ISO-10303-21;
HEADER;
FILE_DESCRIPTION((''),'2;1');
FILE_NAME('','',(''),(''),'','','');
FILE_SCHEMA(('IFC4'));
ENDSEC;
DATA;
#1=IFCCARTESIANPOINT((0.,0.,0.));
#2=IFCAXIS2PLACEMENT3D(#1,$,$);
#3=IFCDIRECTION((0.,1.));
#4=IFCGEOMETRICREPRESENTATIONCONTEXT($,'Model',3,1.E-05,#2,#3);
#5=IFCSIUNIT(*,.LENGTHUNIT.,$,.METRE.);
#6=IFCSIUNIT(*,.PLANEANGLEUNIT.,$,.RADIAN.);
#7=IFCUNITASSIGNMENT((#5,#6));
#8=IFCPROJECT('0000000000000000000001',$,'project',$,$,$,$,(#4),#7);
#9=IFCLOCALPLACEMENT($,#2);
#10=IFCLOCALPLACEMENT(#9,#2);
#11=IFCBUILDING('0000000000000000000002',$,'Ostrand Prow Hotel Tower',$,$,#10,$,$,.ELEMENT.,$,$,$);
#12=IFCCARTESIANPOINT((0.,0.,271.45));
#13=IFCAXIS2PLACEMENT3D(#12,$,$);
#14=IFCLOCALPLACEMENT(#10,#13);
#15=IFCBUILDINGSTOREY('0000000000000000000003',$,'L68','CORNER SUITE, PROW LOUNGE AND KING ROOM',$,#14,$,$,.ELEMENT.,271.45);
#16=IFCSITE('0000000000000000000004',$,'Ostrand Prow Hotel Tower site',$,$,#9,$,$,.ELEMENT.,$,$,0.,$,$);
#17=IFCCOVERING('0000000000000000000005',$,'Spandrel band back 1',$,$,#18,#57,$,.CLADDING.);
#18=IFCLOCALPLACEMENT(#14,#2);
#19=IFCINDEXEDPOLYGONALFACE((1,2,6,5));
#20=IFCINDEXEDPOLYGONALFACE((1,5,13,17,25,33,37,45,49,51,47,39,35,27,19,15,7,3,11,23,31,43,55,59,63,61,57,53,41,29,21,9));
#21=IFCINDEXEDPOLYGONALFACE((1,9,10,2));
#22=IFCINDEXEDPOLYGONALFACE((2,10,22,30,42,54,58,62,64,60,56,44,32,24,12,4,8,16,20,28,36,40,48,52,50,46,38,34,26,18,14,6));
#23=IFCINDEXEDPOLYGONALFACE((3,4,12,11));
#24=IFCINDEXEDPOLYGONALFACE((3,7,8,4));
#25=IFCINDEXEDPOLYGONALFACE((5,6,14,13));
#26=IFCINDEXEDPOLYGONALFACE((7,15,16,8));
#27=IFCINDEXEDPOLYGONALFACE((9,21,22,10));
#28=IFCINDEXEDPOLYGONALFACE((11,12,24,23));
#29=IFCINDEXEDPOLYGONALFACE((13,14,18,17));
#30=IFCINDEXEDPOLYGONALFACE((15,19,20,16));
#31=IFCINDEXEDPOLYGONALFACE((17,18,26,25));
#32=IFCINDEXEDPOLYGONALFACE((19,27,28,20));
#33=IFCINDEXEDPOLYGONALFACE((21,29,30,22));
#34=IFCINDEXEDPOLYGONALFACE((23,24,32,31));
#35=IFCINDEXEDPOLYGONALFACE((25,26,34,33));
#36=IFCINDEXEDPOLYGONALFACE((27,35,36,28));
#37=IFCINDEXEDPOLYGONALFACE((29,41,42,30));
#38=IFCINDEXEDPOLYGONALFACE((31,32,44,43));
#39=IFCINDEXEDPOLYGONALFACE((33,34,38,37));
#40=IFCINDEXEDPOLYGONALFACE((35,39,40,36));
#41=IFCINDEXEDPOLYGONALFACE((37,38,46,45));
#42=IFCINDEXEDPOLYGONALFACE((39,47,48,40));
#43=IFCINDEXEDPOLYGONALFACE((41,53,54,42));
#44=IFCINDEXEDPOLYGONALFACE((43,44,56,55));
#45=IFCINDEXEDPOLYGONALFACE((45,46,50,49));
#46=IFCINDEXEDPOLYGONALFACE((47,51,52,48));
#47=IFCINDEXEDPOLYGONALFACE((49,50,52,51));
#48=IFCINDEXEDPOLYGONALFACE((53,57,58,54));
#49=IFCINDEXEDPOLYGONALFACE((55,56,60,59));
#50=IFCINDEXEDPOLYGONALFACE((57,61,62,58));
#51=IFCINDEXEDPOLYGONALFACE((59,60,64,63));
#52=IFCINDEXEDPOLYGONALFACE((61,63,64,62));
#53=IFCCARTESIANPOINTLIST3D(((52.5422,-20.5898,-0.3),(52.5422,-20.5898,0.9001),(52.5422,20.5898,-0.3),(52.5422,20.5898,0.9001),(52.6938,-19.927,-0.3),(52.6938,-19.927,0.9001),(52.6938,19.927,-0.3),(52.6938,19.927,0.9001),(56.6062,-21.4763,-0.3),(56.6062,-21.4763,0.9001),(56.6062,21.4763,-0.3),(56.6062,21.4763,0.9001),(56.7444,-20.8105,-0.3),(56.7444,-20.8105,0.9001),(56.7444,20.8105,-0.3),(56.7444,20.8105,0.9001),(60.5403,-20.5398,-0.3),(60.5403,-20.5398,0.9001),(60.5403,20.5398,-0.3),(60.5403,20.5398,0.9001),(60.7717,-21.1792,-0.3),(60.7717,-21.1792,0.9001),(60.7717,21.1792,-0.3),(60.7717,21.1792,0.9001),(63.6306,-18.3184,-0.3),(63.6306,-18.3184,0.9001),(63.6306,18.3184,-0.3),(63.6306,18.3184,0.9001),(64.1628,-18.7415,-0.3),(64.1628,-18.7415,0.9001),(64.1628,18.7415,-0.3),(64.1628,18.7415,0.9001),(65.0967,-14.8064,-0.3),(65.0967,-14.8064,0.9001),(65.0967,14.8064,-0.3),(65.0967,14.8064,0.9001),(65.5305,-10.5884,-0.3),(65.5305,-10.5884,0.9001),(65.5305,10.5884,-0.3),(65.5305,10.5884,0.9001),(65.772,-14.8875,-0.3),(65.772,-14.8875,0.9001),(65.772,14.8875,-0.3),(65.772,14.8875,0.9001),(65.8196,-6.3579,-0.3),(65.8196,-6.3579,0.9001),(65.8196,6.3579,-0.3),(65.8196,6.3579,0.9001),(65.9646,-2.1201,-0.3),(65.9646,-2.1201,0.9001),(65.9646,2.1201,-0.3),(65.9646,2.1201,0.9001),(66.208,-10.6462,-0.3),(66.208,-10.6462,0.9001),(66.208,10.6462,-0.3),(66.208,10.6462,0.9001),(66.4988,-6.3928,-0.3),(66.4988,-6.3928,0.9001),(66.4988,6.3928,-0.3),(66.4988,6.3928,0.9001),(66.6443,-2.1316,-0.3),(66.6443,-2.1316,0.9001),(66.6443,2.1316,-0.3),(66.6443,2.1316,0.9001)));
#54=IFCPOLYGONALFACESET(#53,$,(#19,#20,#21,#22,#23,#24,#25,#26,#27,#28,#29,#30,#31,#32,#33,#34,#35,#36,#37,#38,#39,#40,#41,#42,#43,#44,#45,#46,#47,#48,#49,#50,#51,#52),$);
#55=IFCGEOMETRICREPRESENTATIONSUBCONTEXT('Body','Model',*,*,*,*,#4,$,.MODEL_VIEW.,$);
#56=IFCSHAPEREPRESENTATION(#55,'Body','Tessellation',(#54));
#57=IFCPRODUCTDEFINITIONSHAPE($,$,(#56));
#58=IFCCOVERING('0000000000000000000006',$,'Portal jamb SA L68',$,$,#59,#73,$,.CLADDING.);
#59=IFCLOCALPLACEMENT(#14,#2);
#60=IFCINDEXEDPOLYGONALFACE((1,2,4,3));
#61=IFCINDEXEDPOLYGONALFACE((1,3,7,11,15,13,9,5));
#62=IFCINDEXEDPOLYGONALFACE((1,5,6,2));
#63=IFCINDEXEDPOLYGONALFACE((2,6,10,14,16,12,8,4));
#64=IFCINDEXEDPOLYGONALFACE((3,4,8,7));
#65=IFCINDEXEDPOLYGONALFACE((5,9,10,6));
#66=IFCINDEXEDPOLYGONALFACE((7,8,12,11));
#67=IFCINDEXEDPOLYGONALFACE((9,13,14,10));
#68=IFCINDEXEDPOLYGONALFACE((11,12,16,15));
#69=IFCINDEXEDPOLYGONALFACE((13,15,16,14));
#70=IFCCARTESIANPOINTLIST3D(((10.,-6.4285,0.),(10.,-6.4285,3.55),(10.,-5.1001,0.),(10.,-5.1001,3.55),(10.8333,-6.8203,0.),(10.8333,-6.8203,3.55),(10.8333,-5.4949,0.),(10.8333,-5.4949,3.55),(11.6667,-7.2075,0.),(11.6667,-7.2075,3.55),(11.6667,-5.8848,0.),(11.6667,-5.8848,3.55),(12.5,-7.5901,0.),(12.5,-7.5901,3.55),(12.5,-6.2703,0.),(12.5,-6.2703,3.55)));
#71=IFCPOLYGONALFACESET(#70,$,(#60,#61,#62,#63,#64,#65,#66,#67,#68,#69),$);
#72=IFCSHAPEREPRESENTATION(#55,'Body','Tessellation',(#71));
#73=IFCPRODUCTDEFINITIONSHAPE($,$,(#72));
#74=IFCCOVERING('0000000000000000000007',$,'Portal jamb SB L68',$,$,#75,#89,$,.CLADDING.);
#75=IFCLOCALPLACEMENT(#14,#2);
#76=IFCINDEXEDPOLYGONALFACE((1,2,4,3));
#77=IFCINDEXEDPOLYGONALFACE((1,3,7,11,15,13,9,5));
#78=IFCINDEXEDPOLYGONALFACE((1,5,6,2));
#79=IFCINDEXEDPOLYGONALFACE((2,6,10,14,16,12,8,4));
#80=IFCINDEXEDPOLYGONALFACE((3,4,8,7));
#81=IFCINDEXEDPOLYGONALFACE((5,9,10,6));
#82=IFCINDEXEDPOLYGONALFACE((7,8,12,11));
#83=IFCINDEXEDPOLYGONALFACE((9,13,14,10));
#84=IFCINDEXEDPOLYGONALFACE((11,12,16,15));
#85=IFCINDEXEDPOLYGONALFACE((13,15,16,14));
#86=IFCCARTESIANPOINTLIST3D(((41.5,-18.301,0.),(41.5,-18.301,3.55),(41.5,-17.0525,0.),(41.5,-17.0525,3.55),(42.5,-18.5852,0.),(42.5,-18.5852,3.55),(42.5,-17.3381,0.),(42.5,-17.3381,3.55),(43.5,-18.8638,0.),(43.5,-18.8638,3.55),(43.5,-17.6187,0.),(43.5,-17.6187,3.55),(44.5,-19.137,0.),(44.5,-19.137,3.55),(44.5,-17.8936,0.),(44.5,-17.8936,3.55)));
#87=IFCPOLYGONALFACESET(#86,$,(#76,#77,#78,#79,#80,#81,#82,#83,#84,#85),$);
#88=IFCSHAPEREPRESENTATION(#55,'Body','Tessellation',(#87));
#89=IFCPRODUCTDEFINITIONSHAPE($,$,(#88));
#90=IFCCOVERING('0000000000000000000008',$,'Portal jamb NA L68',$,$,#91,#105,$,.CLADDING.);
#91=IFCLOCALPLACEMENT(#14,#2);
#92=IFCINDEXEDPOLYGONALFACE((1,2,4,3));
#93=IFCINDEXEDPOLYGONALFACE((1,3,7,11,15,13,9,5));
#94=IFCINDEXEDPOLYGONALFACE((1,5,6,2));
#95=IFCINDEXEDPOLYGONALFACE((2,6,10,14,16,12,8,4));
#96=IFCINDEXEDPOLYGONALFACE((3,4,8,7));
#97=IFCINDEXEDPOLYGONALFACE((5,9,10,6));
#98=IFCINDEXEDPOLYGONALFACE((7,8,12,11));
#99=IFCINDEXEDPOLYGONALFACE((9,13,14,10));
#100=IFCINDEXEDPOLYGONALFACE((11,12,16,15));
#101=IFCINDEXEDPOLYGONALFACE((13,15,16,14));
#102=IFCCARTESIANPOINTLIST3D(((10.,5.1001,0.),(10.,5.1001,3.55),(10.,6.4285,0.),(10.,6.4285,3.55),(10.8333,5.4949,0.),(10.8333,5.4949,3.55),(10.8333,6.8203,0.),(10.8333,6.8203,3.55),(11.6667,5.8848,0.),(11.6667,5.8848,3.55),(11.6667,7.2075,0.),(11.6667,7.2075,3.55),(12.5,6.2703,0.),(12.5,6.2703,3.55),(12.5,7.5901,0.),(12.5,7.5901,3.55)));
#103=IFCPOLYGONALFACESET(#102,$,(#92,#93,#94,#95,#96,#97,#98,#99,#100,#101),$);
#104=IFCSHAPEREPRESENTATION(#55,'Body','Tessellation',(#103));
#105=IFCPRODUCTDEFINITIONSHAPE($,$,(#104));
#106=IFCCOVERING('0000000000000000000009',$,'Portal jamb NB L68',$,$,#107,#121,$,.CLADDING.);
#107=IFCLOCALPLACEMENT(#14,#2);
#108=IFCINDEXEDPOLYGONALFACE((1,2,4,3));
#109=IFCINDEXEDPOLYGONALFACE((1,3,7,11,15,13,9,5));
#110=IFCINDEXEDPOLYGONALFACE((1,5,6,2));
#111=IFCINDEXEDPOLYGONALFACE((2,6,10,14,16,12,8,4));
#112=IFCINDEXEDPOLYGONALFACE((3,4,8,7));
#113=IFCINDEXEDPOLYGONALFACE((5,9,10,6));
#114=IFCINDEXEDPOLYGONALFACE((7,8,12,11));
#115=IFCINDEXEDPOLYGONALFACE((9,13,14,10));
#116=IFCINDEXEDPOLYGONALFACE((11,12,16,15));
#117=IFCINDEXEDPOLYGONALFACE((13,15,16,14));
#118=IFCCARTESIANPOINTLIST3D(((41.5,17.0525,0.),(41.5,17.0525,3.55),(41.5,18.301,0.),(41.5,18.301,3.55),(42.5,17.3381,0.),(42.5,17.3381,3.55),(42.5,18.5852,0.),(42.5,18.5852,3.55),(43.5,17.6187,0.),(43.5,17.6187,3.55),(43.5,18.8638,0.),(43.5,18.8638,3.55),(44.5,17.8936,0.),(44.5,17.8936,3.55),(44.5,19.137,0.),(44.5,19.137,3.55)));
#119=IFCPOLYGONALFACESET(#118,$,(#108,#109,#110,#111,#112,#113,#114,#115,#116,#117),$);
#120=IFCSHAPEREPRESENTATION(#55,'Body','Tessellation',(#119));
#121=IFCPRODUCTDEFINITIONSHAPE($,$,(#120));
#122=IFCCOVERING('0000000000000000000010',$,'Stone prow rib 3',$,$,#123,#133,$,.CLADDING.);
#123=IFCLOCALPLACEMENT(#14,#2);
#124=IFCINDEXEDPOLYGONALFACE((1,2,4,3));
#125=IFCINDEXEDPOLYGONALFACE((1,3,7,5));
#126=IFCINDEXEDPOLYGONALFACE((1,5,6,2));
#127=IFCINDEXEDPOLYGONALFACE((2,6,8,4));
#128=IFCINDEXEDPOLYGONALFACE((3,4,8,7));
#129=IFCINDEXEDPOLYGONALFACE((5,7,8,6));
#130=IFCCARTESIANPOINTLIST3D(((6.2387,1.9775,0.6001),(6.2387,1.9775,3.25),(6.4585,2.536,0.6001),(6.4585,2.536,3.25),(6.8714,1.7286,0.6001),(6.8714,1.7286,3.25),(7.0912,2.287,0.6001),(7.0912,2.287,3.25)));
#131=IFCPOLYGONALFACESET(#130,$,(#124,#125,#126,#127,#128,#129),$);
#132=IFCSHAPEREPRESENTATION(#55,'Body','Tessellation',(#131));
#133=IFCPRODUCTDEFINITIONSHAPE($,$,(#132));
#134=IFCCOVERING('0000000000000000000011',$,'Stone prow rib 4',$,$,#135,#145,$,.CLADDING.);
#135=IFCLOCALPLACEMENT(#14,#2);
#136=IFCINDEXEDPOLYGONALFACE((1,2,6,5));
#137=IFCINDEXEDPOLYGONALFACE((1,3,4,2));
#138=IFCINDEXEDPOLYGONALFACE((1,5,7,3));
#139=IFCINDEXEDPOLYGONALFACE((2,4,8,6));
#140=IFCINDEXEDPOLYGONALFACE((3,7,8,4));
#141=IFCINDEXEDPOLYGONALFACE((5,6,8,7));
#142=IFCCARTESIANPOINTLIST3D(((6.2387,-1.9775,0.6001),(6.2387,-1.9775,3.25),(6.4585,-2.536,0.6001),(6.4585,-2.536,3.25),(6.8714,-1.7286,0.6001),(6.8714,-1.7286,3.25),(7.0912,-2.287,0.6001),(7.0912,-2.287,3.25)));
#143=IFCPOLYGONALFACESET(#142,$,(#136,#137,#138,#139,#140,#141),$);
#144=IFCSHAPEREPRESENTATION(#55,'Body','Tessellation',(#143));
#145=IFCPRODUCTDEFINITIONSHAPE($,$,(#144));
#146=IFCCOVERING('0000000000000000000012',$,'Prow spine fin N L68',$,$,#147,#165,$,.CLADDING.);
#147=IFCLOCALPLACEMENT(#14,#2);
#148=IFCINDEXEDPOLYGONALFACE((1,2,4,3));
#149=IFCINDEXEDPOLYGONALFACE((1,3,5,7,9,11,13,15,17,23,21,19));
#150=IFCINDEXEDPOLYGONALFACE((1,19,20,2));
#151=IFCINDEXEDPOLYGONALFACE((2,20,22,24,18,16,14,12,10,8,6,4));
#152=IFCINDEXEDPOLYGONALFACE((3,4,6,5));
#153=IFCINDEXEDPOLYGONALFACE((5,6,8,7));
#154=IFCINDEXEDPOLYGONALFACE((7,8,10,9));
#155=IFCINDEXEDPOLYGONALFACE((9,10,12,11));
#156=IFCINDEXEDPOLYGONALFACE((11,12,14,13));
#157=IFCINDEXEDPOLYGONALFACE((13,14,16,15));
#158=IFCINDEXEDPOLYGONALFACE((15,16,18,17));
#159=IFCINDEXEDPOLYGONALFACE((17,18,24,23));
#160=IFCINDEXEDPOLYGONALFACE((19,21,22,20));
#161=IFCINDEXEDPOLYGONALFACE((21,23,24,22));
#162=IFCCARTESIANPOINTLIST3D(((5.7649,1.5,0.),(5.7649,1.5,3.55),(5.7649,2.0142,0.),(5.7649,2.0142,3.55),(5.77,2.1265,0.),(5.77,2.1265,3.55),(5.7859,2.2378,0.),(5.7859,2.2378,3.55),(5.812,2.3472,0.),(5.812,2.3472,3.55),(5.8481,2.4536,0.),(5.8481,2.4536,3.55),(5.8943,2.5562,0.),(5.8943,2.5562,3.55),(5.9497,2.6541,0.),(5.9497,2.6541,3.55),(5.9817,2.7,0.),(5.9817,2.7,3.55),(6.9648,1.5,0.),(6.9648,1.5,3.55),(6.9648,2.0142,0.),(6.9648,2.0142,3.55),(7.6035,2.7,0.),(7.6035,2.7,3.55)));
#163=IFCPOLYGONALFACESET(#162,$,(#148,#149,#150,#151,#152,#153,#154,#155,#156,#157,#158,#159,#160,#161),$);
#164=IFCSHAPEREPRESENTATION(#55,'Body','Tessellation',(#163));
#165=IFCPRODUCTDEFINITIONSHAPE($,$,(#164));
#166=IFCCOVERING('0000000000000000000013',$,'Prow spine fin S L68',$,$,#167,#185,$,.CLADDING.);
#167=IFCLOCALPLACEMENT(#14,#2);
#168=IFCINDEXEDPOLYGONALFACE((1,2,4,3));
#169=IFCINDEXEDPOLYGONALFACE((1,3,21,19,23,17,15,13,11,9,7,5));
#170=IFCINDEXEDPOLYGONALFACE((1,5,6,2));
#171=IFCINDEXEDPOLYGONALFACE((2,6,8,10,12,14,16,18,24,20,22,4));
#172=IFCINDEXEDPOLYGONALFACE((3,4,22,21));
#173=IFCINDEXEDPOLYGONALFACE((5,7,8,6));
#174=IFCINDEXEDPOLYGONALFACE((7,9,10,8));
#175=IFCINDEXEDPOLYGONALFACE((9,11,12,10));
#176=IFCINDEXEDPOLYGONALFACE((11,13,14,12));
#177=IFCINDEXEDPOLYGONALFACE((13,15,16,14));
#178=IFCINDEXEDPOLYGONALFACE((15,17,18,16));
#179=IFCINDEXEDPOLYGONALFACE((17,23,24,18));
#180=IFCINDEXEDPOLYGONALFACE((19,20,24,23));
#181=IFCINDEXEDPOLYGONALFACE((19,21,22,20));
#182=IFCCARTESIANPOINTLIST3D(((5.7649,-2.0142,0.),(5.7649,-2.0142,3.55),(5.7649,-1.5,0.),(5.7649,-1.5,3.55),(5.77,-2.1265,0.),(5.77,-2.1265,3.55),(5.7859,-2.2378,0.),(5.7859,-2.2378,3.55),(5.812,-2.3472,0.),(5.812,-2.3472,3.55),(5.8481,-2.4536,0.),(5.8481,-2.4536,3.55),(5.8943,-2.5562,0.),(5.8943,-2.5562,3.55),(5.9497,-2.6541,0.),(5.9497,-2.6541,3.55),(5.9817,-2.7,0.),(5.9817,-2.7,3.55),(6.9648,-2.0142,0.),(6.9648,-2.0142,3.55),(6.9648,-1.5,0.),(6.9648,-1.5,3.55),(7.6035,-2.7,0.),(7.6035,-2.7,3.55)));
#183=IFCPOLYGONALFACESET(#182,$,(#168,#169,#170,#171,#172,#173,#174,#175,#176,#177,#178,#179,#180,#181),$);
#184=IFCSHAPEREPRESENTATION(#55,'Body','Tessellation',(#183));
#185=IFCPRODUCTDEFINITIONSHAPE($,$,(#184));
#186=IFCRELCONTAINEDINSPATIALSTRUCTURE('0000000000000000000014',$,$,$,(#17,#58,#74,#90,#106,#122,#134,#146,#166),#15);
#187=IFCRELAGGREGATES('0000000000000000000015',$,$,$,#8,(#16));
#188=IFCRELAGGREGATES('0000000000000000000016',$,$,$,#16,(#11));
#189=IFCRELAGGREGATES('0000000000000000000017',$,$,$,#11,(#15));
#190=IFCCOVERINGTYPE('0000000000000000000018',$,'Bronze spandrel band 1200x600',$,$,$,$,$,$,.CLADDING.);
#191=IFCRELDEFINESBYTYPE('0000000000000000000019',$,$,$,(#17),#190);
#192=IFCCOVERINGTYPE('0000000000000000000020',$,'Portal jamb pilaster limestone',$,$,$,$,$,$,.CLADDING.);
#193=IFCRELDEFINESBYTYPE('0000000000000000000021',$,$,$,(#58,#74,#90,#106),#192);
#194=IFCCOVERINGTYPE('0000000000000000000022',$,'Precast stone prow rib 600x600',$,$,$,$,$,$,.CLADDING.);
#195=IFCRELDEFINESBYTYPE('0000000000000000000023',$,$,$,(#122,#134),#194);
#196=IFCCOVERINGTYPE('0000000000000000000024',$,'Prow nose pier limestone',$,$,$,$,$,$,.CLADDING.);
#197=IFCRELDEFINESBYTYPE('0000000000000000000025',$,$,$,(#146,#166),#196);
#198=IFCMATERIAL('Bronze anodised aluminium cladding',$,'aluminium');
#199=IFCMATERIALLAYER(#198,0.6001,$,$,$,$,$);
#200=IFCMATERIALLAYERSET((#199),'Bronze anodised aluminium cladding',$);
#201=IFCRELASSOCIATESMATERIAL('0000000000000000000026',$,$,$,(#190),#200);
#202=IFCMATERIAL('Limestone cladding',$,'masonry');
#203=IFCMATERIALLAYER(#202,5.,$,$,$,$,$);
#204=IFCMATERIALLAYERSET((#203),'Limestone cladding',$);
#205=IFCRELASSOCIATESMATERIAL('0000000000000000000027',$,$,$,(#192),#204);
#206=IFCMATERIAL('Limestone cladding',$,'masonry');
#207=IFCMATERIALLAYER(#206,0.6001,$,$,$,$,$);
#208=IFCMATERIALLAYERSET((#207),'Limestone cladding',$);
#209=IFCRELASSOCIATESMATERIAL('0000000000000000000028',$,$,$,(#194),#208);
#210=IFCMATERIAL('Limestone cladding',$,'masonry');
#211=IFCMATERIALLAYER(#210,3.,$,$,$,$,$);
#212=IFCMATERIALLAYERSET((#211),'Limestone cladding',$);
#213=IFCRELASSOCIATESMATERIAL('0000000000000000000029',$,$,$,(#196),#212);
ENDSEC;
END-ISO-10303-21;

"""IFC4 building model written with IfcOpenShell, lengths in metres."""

from ifc_helpers import new_model, si_unit, direction, frame, frame_2d, origin, place, context, subcontext, project, spatial, polyline, rectangle, outline, extrude, material, layer, layer_set, type_object, element, save


model = new_model("IFC4")

# Units and contexts
model_context = context("Model", 3, precision=1e-05, world=origin(), true_north=direction((0.0, 1.0)))
body_context = subcontext(model_context, "Body", "Model", "MODEL_VIEW")
ifc_project = project(units=[si_unit("LENGTHUNIT", "METRE"), si_unit("PLANEANGLEUNIT", "RADIAN")], contexts=[model_context])

# Site, building, storey
site_placement = place(None, origin())
site = spatial("IfcSite", under=ifc_project, at=site_placement, Name="Ostrand Prow Hotel Tower site", CompositionType="ELEMENT", RefElevation=0.0)
building_placement = place(site_placement, origin())
building = spatial("IfcBuilding", under=site, at=building_placement, Name="Ostrand Prow Hotel Tower", CompositionType="ELEMENT")
storey_placement = place(building_placement, frame((0.0, 0.0, 271.45)))
storey = spatial("IfcBuildingStorey", under=building, at=storey_placement, Name="L68", Description="CORNER SUITE, PROW LOUNGE AND KING ROOM", CompositionType="ELEMENT", Elevation=271.45)

# Coverings
ifc_material_1 = material(Name="Bronze anodised aluminium cladding", Category="aluminium")
ifc_layer_1 = layer(ifc_material_1, 0.6001)
ifc_layer_set_1 = layer_set([ifc_layer_1], Name="Bronze anodised aluminium cladding")
covering_type_1 = type_object("IfcCoveringType", Name="Bronze spandrel band 1200x600", PredefinedType="CLADDING", material=ifc_layer_set_1)
covering_1_placement = place(storey_placement, frame((0.0, 0.0, -0.3)))
element("IfcCovering", 1, at=covering_1_placement, inside=storey, type_object=covering_type_1, Name="Spandrel band back 1", PredefinedType="CLADDING", context=body_context, shape_type="SweptSolid", body=[
    extrude(outline(polyline([(52.5422, -20.5898), (56.6062, -21.4763), (60.7717, -21.1792), (64.1628, -18.7415), (65.772, -14.8875), (66.208, -10.6462), (66.4988, -6.3928), (66.6443, -2.1316), (66.6443, 2.1316), (66.4988, 6.3928), (66.208, 10.6462), (65.772, 14.8875), (64.1628, 18.7415), (60.7717, 21.1792), (56.6062, 21.4763), (52.5422, 20.5898), (52.6938, 19.927), (56.7444, 20.8105), (60.5403, 20.5398), (63.6306, 18.3184), (65.0967, 14.8064), (65.5305, 10.5884), (65.8196, 6.3579), (65.9646, 2.1201), (65.9646, -2.1201), (65.8196, -6.3579), (65.5305, -10.5884), (65.0967, -14.8064), (63.6306, -18.3184), (60.5403, -20.5398), (56.7444, -20.8105), (52.6938, -19.927), (52.5422, -20.5898)])), origin(), (0.0, 0.0, 1.0), 1.2002),
])
ifc_material_2 = material(Name="Limestone cladding", Category="masonry")
ifc_layer_2 = layer(ifc_material_2, 5.0)
ifc_layer_set_2 = layer_set([ifc_layer_2], Name="Limestone cladding")
covering_type_2 = type_object("IfcCoveringType", Name="Portal jamb pilaster limestone", PredefinedType="CLADDING", material=ifc_layer_set_2)
covering_2_placement = place(storey_placement, origin())
element("IfcCovering", 2, at=covering_2_placement, inside=storey, type_object=covering_type_2, Name="Portal jamb SA L68", PredefinedType="CLADDING", context=body_context, shape_type="SweptSolid", body=[
    extrude(outline(polyline([(10.0, -5.1001), (10.0, -6.4285), (10.8333, -6.8203), (11.6667, -7.2075), (12.5, -7.5901), (12.5, -6.2703), (11.6667, -5.8848), (10.8333, -5.4949), (10.0, -5.1001)])), origin(), (0.0, 0.0, 1.0), 3.55),
])
covering_3_placement = place(storey_placement, origin())
element("IfcCovering", 3, at=covering_3_placement, inside=storey, type_object=covering_type_2, Name="Portal jamb SB L68", PredefinedType="CLADDING", context=body_context, shape_type="SweptSolid", body=[
    extrude(outline(polyline([(41.5, -17.0525), (41.5, -18.301), (42.5, -18.5852), (43.5, -18.8638), (44.5, -19.137), (44.5, -17.8936), (43.5, -17.6187), (42.5, -17.3381), (41.5, -17.0525)])), origin(), (0.0, 0.0, 1.0), 3.55),
])
covering_4_placement = place(storey_placement, origin())
element("IfcCovering", 4, at=covering_4_placement, inside=storey, type_object=covering_type_2, Name="Portal jamb NA L68", PredefinedType="CLADDING", context=body_context, shape_type="SweptSolid", body=[
    extrude(outline(polyline([(10.0, 5.1001), (10.8333, 5.4949), (11.6667, 5.8848), (12.5, 6.2703), (12.5, 7.5901), (11.6667, 7.2075), (10.8333, 6.8203), (10.0, 6.4285), (10.0, 5.1001)])), origin(), (0.0, 0.0, 1.0), 3.55),
])
covering_5_placement = place(storey_placement, origin())
element("IfcCovering", 5, at=covering_5_placement, inside=storey, type_object=covering_type_2, Name="Portal jamb NB L68", PredefinedType="CLADDING", context=body_context, shape_type="SweptSolid", body=[
    extrude(outline(polyline([(41.5, 17.0525), (42.5, 17.3381), (43.5, 17.6187), (44.5, 17.8936), (44.5, 19.137), (43.5, 18.8638), (42.5, 18.5852), (41.5, 18.301), (41.5, 17.0525)])), origin(), (0.0, 0.0, 1.0), 3.55),
])
ifc_material_3 = material(Name="Limestone cladding", Category="masonry")
ifc_layer_3 = layer(ifc_material_3, 0.6001)
ifc_layer_set_3 = layer_set([ifc_layer_3], Name="Limestone cladding")
covering_type_3 = type_object("IfcCoveringType", Name="Precast stone prow rib 600x600", PredefinedType="CLADDING", material=ifc_layer_set_3)
for number, where, z_axis, x_axis, name in (
    (6, (6.9812, 2.0078, 0.6001), (0.0, 0.0, 1.0), (-0.930542, 0.366185, 0.0), "Stone prow rib 3"),
    (7, (6.9812, -2.0078, 0.6001), (0.0, 0.0, 1.0), (-0.930542, -0.366185, 0.0), "Stone prow rib 4"),
):
    element("IfcCovering", number, at=place(storey_placement, frame(where, z_axis=z_axis, x_axis=x_axis)), inside=storey, type_object=covering_type_3, Name=name, PredefinedType="CLADDING", context=body_context, shape_type="SweptSolid", body=[
        extrude(rectangle(XDim=0.6799, YDim=0.6001, at=frame_2d((0.3398, 0.0))), origin(), (0.0, 0.0, 1.0), 2.6499),
    ])
ifc_material_4 = material(Name="Limestone cladding", Category="masonry")
ifc_layer_4 = layer(ifc_material_4, 3.0)
ifc_layer_set_4 = layer_set([ifc_layer_4], Name="Limestone cladding")
covering_type_4 = type_object("IfcCoveringType", Name="Prow nose pier limestone", PredefinedType="CLADDING", material=ifc_layer_set_4)
covering_6_placement = place(storey_placement, origin())
element("IfcCovering", 8, at=covering_6_placement, inside=storey, type_object=covering_type_4, Name="Prow spine fin N L68", PredefinedType="CLADDING", context=body_context, shape_type="SweptSolid", body=[
    extrude(outline(polyline([(5.7649, 2.0142), (5.7649, 1.5), (6.9648, 1.5), (6.9648, 2.0142), (7.6035, 2.7), (5.9817, 2.7), (5.9497, 2.6541), (5.8943, 2.5562), (5.8481, 2.4536), (5.812, 2.3472), (5.7859, 2.2378), (5.77, 2.1265), (5.7649, 2.0142)])), origin(), (0.0, 0.0, 1.0), 3.55),
])
covering_7_placement = place(storey_placement, origin())
element("IfcCovering", 9, at=covering_7_placement, inside=storey, type_object=covering_type_4, Name="Prow spine fin S L68", PredefinedType="CLADDING", context=body_context, shape_type="SweptSolid", body=[
    extrude(outline(polyline([(5.9497, -2.6541), (5.9817, -2.7), (7.6035, -2.7), (6.9648, -2.0142), (6.9648, -1.5), (5.7649, -1.5), (5.7649, -2.0142), (5.77, -2.1265), (5.7859, -2.2378), (5.812, -2.3472), (5.8481, -2.4536), (5.8943, -2.5562), (5.9497, -2.6541)])), origin(), (0.0, 0.0, 1.0), 3.55),
])

save(model, "model.ifc")
